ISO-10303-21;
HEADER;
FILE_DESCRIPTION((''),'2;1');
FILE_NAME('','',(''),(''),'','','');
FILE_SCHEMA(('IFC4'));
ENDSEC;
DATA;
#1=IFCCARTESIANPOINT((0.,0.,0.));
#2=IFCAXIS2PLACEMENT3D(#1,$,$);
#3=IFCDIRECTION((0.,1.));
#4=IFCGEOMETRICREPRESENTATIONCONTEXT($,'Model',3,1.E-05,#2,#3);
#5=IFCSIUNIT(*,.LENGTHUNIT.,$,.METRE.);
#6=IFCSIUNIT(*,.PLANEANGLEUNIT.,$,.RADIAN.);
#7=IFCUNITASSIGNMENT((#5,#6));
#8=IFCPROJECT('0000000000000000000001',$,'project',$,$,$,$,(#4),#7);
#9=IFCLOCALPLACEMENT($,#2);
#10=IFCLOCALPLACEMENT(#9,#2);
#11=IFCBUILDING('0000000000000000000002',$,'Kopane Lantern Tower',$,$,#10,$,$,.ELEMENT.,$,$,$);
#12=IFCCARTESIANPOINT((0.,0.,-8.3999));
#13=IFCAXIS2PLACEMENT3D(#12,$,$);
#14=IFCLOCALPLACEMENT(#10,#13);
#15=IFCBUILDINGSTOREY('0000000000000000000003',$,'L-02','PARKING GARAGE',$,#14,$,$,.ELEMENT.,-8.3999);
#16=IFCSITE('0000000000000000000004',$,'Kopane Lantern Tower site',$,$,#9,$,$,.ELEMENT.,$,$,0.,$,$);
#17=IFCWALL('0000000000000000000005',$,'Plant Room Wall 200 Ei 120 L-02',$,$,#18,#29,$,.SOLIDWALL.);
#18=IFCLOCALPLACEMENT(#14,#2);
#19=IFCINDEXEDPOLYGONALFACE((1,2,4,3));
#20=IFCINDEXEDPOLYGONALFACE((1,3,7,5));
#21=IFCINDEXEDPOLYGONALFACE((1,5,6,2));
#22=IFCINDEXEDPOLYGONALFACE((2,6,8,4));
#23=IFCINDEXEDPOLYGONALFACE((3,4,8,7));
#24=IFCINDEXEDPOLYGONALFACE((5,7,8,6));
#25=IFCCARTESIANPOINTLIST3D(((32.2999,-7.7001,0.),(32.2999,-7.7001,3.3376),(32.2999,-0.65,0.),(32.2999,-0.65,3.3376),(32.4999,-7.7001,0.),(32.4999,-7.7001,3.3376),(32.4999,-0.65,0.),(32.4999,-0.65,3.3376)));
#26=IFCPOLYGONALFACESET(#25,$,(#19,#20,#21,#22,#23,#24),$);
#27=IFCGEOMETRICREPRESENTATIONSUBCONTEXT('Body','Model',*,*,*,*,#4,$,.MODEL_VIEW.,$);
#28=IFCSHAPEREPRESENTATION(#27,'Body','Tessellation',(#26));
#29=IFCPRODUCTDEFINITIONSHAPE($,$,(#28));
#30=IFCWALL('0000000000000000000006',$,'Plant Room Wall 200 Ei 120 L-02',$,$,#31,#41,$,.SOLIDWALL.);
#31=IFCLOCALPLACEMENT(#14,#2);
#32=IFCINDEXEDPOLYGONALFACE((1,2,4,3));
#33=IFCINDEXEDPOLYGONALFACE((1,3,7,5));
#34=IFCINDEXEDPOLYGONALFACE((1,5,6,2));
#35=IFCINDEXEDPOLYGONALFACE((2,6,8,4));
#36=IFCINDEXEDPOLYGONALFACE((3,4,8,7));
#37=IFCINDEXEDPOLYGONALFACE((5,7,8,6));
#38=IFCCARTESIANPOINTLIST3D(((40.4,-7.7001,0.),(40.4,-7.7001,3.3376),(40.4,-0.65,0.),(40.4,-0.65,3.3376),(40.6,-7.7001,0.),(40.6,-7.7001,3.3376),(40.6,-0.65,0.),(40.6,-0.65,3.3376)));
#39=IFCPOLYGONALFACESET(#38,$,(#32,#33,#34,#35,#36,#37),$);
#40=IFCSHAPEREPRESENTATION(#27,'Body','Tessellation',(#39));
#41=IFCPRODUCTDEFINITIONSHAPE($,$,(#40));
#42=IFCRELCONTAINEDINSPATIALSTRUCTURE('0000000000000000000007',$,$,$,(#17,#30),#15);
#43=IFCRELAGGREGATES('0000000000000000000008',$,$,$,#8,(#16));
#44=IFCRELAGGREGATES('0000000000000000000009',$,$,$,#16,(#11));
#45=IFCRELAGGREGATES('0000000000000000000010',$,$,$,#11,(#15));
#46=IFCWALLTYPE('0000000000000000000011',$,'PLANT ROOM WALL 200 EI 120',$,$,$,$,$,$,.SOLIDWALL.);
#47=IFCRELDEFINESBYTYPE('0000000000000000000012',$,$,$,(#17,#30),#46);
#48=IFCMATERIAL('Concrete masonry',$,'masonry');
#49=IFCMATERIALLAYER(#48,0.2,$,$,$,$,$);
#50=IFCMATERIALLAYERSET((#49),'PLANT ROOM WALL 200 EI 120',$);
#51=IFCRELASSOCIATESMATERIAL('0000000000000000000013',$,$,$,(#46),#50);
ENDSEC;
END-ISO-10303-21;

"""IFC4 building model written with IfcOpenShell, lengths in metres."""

from ifc_helpers import new_model, si_unit, direction, frame, frame_2d, origin, place, context, subcontext, project, spatial, rectangle, extrude, material, layer, layer_set, type_object, element, save


model = new_model("IFC4")

# Units and contexts
model_context = context("Model", 3, precision=1e-05, world=origin(), true_north=direction((0.0, 1.0)))
body_context = subcontext(model_context, "Body", "Model", "MODEL_VIEW")
ifc_project = project(units=[si_unit("LENGTHUNIT", "METRE"), si_unit("PLANEANGLEUNIT", "RADIAN")], contexts=[model_context])

# Site, building, storey
site_placement = place(None, origin())
site = spatial("IfcSite", under=ifc_project, at=site_placement, Name="Kopane Lantern Tower site", CompositionType="ELEMENT", RefElevation=0.0)
building_placement = place(site_placement, origin())
building = spatial("IfcBuilding", under=site, at=building_placement, Name="Kopane Lantern Tower", CompositionType="ELEMENT")
storey_placement = place(building_placement, frame((0.0, 0.0, -8.3999)))
storey = spatial("IfcBuildingStorey", under=building, at=storey_placement, Name="L-02", Description="PARKING GARAGE", CompositionType="ELEMENT", Elevation=-8.3999)

# Walls
ifc_material_1 = material(Name="Concrete masonry", Category="masonry")
ifc_layer = layer(ifc_material_1, 0.2)
ifc_layer_set = layer_set([ifc_layer], Name="PLANT ROOM WALL 200 EI 120")
wall_type = type_object("IfcWallType", Name="PLANT ROOM WALL 200 EI 120", PredefinedType="SOLIDWALL", material=ifc_layer_set)
for number, where, z_axis, x_axis, name in (
    (1, (32.3999, -7.7, 0.0), (0.0, 0.0, 1.0), (0.0, 1.0, 0.0), "Plant Room Wall 200 Ei 120 L-02"),
    (2, (40.5, -7.7, 0.0), (0.0, 0.0, 1.0), (0.0, 1.0, 0.0), "Plant Room Wall 200 Ei 120 L-02"),
):
    element("IfcWall", number, at=place(storey_placement, frame(where, z_axis=z_axis, x_axis=x_axis)), inside=storey, type_object=wall_type, Name=name, PredefinedType="SOLIDWALL", context=body_context, shape_type="SweptSolid", body=[
        extrude(rectangle(XDim=7.05, YDim=0.2, at=frame_2d((3.5249, 0.0))), origin(), (0.0, 0.0, 1.0), 3.3376),
    ])

save(model, "model.ifc")
